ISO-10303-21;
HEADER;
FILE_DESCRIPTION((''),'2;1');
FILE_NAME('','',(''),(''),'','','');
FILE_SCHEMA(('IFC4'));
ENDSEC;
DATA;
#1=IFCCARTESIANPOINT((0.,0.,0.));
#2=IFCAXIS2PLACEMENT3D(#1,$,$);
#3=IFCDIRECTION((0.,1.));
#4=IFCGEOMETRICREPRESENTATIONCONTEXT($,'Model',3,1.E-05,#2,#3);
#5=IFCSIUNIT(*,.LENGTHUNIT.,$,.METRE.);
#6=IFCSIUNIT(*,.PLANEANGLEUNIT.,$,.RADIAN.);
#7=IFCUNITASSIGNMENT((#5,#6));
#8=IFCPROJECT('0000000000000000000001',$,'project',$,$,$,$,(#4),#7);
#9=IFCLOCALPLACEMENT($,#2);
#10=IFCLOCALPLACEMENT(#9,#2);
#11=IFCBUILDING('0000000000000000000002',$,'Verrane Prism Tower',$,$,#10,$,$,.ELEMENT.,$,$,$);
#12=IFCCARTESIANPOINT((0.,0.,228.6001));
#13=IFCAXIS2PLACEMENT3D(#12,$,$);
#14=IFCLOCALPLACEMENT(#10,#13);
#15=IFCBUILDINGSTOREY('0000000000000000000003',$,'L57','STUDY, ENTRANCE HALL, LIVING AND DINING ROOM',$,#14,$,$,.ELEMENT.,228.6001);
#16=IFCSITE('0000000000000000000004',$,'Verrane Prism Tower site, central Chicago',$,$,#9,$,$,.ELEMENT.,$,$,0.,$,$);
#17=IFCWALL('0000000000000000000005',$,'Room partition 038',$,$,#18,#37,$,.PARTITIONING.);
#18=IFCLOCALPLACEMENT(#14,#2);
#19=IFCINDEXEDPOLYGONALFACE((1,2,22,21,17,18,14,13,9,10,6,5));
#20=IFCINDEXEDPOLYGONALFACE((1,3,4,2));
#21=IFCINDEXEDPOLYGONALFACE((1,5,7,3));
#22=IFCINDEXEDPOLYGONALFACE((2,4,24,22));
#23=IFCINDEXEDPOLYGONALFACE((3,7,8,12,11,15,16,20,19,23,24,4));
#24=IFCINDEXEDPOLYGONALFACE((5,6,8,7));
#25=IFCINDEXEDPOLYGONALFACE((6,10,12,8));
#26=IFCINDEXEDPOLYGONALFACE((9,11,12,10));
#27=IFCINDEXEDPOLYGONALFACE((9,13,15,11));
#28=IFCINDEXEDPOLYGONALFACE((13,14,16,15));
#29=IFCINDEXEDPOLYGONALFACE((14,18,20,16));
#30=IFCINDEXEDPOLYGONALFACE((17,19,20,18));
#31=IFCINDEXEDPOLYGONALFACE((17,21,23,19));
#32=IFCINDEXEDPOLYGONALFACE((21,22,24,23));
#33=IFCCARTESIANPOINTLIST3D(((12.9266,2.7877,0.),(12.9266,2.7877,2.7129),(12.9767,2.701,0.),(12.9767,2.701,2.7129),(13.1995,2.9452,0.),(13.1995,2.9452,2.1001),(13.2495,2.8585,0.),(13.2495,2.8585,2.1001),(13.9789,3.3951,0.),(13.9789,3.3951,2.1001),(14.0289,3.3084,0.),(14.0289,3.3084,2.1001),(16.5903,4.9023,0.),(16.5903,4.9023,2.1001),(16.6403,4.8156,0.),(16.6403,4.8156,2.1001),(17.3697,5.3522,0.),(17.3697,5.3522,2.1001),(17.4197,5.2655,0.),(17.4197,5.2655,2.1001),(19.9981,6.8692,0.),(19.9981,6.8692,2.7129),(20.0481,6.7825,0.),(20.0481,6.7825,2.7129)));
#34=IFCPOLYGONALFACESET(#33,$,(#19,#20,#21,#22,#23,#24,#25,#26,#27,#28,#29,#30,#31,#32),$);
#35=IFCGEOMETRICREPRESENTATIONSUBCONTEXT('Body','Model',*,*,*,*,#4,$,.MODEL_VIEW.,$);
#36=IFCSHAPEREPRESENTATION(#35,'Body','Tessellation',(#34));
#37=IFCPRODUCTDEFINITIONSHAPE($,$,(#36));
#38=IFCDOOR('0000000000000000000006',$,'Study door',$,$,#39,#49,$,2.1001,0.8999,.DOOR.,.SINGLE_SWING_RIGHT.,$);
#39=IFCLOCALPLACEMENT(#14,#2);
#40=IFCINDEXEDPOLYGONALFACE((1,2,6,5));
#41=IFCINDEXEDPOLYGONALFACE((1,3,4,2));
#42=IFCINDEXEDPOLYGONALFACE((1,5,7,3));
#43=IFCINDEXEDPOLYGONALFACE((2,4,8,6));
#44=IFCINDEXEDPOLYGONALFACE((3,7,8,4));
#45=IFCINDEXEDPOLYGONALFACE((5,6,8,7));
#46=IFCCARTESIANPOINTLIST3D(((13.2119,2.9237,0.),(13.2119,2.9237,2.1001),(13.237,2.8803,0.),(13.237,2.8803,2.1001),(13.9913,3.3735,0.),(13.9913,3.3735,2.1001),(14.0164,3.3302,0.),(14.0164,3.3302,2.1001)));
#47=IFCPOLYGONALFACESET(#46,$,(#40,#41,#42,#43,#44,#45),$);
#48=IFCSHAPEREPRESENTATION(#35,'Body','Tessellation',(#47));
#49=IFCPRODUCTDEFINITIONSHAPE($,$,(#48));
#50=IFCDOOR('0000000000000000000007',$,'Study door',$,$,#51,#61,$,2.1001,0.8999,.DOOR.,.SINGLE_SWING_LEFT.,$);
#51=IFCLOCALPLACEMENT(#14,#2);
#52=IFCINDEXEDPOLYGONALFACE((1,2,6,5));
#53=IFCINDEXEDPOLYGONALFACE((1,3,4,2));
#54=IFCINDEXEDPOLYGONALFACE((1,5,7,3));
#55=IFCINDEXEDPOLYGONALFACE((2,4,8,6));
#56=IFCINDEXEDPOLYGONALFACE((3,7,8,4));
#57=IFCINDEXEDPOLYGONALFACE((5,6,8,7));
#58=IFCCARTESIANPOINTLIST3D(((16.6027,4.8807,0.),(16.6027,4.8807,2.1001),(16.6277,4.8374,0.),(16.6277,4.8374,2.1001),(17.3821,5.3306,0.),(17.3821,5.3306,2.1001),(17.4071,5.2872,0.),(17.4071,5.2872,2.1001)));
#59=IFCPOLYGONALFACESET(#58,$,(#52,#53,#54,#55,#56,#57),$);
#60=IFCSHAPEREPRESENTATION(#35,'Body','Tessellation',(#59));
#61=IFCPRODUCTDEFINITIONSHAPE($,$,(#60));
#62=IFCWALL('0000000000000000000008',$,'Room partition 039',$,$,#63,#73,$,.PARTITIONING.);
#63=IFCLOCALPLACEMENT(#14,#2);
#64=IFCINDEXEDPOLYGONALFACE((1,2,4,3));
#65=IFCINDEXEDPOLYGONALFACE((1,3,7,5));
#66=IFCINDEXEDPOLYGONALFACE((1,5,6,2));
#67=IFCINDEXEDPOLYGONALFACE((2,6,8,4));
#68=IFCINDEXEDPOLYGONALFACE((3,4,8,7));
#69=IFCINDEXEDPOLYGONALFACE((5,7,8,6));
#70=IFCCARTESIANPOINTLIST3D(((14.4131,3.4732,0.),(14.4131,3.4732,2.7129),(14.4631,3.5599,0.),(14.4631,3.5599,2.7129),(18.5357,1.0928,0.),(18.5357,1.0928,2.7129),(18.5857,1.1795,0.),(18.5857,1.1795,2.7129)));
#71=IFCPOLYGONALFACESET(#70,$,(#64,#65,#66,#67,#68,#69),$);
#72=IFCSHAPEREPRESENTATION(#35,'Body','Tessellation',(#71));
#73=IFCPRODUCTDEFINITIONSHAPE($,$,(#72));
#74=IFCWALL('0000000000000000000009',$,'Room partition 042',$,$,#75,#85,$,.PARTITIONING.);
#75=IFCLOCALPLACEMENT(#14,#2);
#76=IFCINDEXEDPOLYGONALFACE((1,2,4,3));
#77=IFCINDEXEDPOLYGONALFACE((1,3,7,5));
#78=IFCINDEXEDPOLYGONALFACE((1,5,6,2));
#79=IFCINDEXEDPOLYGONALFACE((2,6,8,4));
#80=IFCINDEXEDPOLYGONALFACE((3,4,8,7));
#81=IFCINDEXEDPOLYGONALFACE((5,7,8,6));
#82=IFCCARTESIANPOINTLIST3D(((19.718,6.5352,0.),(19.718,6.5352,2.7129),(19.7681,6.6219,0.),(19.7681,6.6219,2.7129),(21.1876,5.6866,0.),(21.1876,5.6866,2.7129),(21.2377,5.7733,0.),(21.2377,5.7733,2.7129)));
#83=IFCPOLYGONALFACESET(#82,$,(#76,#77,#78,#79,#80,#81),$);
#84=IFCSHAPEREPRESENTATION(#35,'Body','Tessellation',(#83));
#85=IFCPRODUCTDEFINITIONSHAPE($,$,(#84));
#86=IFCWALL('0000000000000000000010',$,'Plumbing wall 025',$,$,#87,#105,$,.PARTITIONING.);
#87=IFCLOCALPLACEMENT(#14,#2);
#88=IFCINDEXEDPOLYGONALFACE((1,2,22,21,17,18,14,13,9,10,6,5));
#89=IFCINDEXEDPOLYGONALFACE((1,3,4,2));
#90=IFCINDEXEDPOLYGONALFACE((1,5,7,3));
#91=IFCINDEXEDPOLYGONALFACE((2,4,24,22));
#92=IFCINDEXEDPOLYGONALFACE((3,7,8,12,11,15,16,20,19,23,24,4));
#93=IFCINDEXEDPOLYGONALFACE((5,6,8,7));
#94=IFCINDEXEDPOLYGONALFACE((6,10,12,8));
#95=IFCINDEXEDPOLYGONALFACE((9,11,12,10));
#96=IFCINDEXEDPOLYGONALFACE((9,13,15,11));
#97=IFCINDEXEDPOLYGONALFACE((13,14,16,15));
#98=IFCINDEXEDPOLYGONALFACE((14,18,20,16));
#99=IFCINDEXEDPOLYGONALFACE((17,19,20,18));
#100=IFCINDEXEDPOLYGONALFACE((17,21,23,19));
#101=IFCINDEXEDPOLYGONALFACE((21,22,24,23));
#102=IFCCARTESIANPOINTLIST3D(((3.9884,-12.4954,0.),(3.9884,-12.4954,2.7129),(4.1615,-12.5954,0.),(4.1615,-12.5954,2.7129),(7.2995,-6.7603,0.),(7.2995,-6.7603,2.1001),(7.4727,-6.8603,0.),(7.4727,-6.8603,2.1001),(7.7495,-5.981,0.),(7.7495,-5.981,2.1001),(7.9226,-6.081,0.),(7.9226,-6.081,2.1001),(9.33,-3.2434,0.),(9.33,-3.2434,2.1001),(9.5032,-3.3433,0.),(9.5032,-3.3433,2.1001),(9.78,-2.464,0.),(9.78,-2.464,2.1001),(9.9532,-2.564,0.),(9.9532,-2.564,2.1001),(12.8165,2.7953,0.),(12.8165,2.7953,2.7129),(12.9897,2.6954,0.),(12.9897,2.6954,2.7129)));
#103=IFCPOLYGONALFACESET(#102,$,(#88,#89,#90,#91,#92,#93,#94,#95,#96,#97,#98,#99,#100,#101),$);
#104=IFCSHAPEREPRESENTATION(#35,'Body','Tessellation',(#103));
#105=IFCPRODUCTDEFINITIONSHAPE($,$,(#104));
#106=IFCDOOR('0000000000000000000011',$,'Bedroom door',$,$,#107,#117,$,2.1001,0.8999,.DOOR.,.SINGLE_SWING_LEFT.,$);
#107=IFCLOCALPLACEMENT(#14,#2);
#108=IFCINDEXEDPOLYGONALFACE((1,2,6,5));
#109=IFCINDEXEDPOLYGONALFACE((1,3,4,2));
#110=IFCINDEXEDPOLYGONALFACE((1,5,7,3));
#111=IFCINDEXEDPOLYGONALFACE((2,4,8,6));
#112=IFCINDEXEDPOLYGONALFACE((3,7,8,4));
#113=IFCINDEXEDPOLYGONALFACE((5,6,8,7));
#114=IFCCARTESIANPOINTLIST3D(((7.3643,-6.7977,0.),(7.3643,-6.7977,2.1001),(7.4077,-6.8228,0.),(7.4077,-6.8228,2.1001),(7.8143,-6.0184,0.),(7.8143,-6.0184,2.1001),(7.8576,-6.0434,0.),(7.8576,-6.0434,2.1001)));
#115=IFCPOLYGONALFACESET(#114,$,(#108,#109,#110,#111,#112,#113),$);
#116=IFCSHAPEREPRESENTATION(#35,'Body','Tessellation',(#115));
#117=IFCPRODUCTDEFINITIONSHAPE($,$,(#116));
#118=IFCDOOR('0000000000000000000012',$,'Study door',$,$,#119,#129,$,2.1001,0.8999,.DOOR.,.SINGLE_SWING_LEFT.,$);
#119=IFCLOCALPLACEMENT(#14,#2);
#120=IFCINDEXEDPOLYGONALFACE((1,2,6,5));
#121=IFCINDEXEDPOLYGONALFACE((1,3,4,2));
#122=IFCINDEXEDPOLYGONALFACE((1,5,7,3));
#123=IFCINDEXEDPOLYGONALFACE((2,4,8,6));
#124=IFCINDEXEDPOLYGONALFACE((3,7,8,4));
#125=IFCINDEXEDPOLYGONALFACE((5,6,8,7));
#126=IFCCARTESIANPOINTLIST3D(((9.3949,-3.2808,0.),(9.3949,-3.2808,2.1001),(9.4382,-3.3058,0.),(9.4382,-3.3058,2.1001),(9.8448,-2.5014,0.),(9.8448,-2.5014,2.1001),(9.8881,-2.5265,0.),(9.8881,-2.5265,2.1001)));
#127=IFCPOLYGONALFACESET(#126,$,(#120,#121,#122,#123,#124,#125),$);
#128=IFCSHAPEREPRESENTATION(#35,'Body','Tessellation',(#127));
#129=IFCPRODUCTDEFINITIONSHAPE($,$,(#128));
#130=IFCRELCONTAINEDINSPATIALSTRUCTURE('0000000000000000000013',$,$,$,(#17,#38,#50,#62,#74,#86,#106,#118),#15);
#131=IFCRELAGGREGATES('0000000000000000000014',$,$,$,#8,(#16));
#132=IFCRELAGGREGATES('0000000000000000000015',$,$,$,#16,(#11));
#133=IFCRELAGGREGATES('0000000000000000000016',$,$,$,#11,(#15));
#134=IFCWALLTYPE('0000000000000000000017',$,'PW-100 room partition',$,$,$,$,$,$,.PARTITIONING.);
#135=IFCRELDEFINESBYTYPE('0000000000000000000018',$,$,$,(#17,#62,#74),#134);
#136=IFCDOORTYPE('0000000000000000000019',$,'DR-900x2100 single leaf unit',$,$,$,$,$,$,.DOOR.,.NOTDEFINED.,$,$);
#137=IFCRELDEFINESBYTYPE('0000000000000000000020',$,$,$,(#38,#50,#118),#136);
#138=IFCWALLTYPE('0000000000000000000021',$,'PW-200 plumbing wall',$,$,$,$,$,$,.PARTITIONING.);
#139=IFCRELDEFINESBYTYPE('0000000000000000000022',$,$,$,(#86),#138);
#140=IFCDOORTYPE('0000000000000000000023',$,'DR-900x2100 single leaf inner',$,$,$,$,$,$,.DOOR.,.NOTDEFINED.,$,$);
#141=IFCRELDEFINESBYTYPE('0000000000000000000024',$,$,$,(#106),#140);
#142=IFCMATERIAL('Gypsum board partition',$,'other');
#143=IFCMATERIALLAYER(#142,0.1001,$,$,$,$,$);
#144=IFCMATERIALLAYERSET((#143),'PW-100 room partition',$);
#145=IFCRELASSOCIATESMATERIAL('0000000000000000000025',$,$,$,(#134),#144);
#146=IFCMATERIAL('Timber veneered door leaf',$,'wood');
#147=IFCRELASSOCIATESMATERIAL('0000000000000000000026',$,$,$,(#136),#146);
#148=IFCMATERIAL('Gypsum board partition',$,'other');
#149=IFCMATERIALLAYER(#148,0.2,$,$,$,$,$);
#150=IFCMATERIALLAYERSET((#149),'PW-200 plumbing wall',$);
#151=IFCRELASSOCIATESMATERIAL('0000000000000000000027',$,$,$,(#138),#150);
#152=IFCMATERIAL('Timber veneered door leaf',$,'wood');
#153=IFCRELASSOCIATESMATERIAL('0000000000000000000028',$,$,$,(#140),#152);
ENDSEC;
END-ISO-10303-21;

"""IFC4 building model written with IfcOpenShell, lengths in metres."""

from ifc_helpers import new_model, si_unit, direction, frame, frame_2d, origin, place, context, subcontext, project, spatial, rectangle, extrude, material, layer, layer_set, type_object, element, fill, save


model = new_model("IFC4")

# Units and contexts
model_context = context("Model", 3, precision=1e-05, world=origin(), true_north=direction((0.0, 1.0)))
body_context = subcontext(model_context, "Body", "Model", "MODEL_VIEW")
ifc_project = project(units=[si_unit("LENGTHUNIT", "METRE"), si_unit("PLANEANGLEUNIT", "RADIAN")], contexts=[model_context])

# Site, building, storey
site_placement = place(None, origin())
site = spatial("IfcSite", under=ifc_project, at=site_placement, Name="Verrane Prism Tower site, central Chicago", CompositionType="ELEMENT", RefElevation=0.0)
building_placement = place(site_placement, origin())
building = spatial("IfcBuilding", under=site, at=building_placement, Name="Verrane Prism Tower", CompositionType="ELEMENT")
storey_placement = place(building_placement, frame((0.0, 0.0, 228.6001)))
storey = spatial("IfcBuildingStorey", under=building, at=storey_placement, Name="L57", Description="STUDY, ENTRANCE HALL, LIVING AND DINING ROOM", CompositionType="ELEMENT", Elevation=228.6001)

# Wall, openings, doors
ifc_material_1 = material(Name="Gypsum board partition", Category="other")
ifc_layer_1 = layer(ifc_material_1, 0.1001)
ifc_layer_set_1 = layer_set([ifc_layer_1], Name="PW-100 room partition")
wall_type_1 = type_object("IfcWallType", Name="PW-100 room partition", PredefinedType="PARTITIONING", material=ifc_layer_set_1)
wall_1_placement = place(storey_placement, frame((20.0232, 6.8259, 0.0), z_axis=(0.0, 0.0, 1.0), x_axis=(-0.866089, -0.499889, 0.0)))
wall_1 = element("IfcWall", 1, at=wall_1_placement, inside=storey, type_object=wall_type_1, Name="Room partition 038", PredefinedType="PARTITIONING", context=body_context, shape_type="SweptSolid", body=[
    extrude(rectangle(XDim=8.1648, YDim=0.1001, at=frame_2d((4.0825, 0.0))), origin(), (0.0, 0.0, 1.0), 2.7129),
])
opening_1_placement = place(wall_1_placement, frame((6.95, 0.0, 0.0)))
opening_1 = element("IfcOpeningElement", 2, at=opening_1_placement, cuts=wall_1, PredefinedType="OPENING", context=body_context, shape_type="SweptSolid", body=[
    extrude(rectangle(XDim=0.8999, YDim=2.1001, at=frame_2d((0.45, 1.05))), frame((0.0, 0.0601, 0.0), z_axis=(0.0, -1.0, 0.0), x_axis=(1.0, 0.0, 0.0)), (0.0, 0.0, 1.0), 0.1201),
])
opening_2_placement = place(wall_1_placement, frame((3.0349, 0.0, 0.0)))
opening_2 = element("IfcOpeningElement", 3, at=opening_2_placement, cuts=wall_1, PredefinedType="OPENING", context=body_context, shape_type="SweptSolid", body=[
    extrude(rectangle(XDim=0.8999, YDim=2.1001, at=frame_2d((0.45, 1.05))), frame((0.0, 0.0601, 0.0), z_axis=(0.0, -1.0, 0.0), x_axis=(1.0, 0.0, 0.0)), (0.0, 0.0, 1.0), 0.1201),
])
ifc_material_2 = material(Name="Timber veneered door leaf", Category="wood")
door_type_1 = type_object("IfcDoorType", Name="DR-900x2100 single leaf unit", OperationType="NOTDEFINED", PredefinedType="DOOR", material=ifc_material_2)
door_1_placement = place(opening_1_placement, origin())
door_1 = element("IfcDoor", 4, at=door_1_placement, inside=storey, type_object=door_type_1, Name="Study door", OperationType="SINGLE_SWING_RIGHT", OverallHeight=2.1001, OverallWidth=0.8999, PredefinedType="DOOR", context=body_context, shape_type="SweptSolid", body=[
    extrude(rectangle(XDim=0.8999, YDim=2.1001, at=frame_2d((0.45, 1.05))), frame((0.0, 0.0249, 0.0), z_axis=(0.0, -1.0, 0.0), x_axis=(1.0, 0.0, 0.0)), (0.0, 0.0, 1.0), 0.05),
])
fill(opening_1, door_1)
door_2_placement = place(opening_2_placement, origin())
door_2 = element("IfcDoor", 5, at=door_2_placement, inside=storey, type_object=door_type_1, Name="Study door", OperationType="SINGLE_SWING_LEFT", OverallHeight=2.1001, OverallWidth=0.8999, PredefinedType="DOOR", context=body_context, shape_type="SweptSolid", body=[
    extrude(rectangle(XDim=0.8999, YDim=2.1001, at=frame_2d((0.45, 1.05))), frame((0.0, 0.0249, 0.0), z_axis=(0.0, -1.0, 0.0), x_axis=(1.0, 0.0, 0.0)), (0.0, 0.0, 1.0), 0.05),
])
fill(opening_2, door_2)

# Walls
wall_2_placement = place(storey_placement, frame((14.438, 3.5166, 0.0), z_axis=(0.0, 0.0, 1.0), x_axis=(0.866006, -0.500033, 0.0)))
element("IfcWall", 6, at=wall_2_placement, inside=storey, type_object=wall_type_1, Name="Room partition 039", PredefinedType="PARTITIONING", context=body_context, shape_type="SweptSolid", body=[
    extrude(rectangle(XDim=4.7605, YDim=0.1001, at=frame_2d((2.3804, 0.0))), origin(), (0.0, 0.0, 1.0), 2.7129),
])
wall_3_placement = place(storey_placement, frame((19.7429, 6.5786, 0.0), z_axis=(0.0, 0.0, 1.0), x_axis=(0.866004, -0.500038, 0.0)))
element("IfcWall", 7, at=wall_3_placement, inside=storey, type_object=wall_type_1, Name="Room partition 042", PredefinedType="PARTITIONING", context=body_context, shape_type="SweptSolid", body=[
    extrude(rectangle(XDim=1.697, YDim=0.1001, at=frame_2d((0.8486, 0.0))), origin(), (0.0, 0.0, 1.0), 2.7129),
])

# Wall, openings, doors
ifc_material_3 = material(Name="Gypsum board partition", Category="other")
ifc_layer_2 = layer(ifc_material_3, 0.2)
ifc_layer_set_2 = layer_set([ifc_layer_2], Name="PW-200 plumbing wall")
wall_type_2 = type_object("IfcWallType", Name="PW-200 plumbing wall", PredefinedType="PARTITIONING", material=ifc_layer_set_2)
wall_4_placement = place(storey_placement, frame((12.9031, 2.7454, 0.0), z_axis=(0.0, 0.0, 1.0), x_axis=(-0.5, -0.866026, 0.0)))
wall_4 = element("IfcWall", 8, at=wall_4_placement, inside=storey, type_object=wall_type_2, Name="Plumbing wall 025", PredefinedType="PARTITIONING", context=body_context, shape_type="SweptSolid", body=[
    extrude(rectangle(XDim=17.6562, YDim=0.2, at=frame_2d((8.8281, 0.0))), origin(), (0.0, 0.0, 1.0), 2.7129),
])
opening_3_placement = place(wall_4_placement, frame((10.134, 0.0, 0.0)))
opening_3 = element("IfcOpeningElement", 9, at=opening_3_placement, cuts=wall_4, PredefinedType="OPENING", context=body_context, shape_type="SweptSolid", body=[
    extrude(rectangle(XDim=0.8999, YDim=2.1001, at=frame_2d((0.45, 1.05))), frame((0.0, 0.1099, 0.0), z_axis=(0.0, -1.0, 0.0), x_axis=(1.0, 0.0, 0.0)), (0.0, 0.0, 1.0), 0.22),
])
opening_4_placement = place(wall_4_placement, frame((6.073, 0.0, 0.0)))
opening_4 = element("IfcOpeningElement", 10, at=opening_4_placement, cuts=wall_4, PredefinedType="OPENING", context=body_context, shape_type="SweptSolid", body=[
    extrude(rectangle(XDim=0.8999, YDim=2.1001, at=frame_2d((0.45, 1.05))), frame((0.0, 0.1099, 0.0), z_axis=(0.0, -1.0, 0.0), x_axis=(1.0, 0.0, 0.0)), (0.0, 0.0, 1.0), 0.22),
])
ifc_material_4 = material(Name="Timber veneered door leaf", Category="wood")
door_type_2 = type_object("IfcDoorType", Name="DR-900x2100 single leaf inner", OperationType="NOTDEFINED", PredefinedType="DOOR", material=ifc_material_4)
door_3_placement = place(opening_3_placement, origin())
door_3 = element("IfcDoor", 11, at=door_3_placement, inside=storey, type_object=door_type_2, Name="Bedroom door", OperationType="SINGLE_SWING_LEFT", OverallHeight=2.1001, OverallWidth=0.8999, PredefinedType="DOOR", context=body_context, shape_type="SweptSolid", body=[
    extrude(rectangle(XDim=0.8999, YDim=2.1001, at=frame_2d((0.45, 1.05))), frame((0.0, 0.0249, 0.0), z_axis=(0.0, -1.0, 0.0), x_axis=(1.0, 0.0, 0.0)), (0.0, 0.0, 1.0), 0.05),
])
fill(opening_3, door_3)
door_4_placement = place(opening_4_placement, origin())
door_4 = element("IfcDoor", 12, at=door_4_placement, inside=storey, type_object=door_type_1, Name="Study door", OperationType="SINGLE_SWING_LEFT", OverallHeight=2.1001, OverallWidth=0.8999, PredefinedType="DOOR", context=body_context, shape_type="SweptSolid", body=[
    extrude(rectangle(XDim=0.8999, YDim=2.1001, at=frame_2d((0.45, 1.05))), frame((0.0, 0.0249, 0.0), z_axis=(0.0, -1.0, 0.0), x_axis=(1.0, 0.0, 0.0)), (0.0, 0.0, 1.0), 0.05),
])
fill(opening_4, door_4)

save(model, "model.ifc")
